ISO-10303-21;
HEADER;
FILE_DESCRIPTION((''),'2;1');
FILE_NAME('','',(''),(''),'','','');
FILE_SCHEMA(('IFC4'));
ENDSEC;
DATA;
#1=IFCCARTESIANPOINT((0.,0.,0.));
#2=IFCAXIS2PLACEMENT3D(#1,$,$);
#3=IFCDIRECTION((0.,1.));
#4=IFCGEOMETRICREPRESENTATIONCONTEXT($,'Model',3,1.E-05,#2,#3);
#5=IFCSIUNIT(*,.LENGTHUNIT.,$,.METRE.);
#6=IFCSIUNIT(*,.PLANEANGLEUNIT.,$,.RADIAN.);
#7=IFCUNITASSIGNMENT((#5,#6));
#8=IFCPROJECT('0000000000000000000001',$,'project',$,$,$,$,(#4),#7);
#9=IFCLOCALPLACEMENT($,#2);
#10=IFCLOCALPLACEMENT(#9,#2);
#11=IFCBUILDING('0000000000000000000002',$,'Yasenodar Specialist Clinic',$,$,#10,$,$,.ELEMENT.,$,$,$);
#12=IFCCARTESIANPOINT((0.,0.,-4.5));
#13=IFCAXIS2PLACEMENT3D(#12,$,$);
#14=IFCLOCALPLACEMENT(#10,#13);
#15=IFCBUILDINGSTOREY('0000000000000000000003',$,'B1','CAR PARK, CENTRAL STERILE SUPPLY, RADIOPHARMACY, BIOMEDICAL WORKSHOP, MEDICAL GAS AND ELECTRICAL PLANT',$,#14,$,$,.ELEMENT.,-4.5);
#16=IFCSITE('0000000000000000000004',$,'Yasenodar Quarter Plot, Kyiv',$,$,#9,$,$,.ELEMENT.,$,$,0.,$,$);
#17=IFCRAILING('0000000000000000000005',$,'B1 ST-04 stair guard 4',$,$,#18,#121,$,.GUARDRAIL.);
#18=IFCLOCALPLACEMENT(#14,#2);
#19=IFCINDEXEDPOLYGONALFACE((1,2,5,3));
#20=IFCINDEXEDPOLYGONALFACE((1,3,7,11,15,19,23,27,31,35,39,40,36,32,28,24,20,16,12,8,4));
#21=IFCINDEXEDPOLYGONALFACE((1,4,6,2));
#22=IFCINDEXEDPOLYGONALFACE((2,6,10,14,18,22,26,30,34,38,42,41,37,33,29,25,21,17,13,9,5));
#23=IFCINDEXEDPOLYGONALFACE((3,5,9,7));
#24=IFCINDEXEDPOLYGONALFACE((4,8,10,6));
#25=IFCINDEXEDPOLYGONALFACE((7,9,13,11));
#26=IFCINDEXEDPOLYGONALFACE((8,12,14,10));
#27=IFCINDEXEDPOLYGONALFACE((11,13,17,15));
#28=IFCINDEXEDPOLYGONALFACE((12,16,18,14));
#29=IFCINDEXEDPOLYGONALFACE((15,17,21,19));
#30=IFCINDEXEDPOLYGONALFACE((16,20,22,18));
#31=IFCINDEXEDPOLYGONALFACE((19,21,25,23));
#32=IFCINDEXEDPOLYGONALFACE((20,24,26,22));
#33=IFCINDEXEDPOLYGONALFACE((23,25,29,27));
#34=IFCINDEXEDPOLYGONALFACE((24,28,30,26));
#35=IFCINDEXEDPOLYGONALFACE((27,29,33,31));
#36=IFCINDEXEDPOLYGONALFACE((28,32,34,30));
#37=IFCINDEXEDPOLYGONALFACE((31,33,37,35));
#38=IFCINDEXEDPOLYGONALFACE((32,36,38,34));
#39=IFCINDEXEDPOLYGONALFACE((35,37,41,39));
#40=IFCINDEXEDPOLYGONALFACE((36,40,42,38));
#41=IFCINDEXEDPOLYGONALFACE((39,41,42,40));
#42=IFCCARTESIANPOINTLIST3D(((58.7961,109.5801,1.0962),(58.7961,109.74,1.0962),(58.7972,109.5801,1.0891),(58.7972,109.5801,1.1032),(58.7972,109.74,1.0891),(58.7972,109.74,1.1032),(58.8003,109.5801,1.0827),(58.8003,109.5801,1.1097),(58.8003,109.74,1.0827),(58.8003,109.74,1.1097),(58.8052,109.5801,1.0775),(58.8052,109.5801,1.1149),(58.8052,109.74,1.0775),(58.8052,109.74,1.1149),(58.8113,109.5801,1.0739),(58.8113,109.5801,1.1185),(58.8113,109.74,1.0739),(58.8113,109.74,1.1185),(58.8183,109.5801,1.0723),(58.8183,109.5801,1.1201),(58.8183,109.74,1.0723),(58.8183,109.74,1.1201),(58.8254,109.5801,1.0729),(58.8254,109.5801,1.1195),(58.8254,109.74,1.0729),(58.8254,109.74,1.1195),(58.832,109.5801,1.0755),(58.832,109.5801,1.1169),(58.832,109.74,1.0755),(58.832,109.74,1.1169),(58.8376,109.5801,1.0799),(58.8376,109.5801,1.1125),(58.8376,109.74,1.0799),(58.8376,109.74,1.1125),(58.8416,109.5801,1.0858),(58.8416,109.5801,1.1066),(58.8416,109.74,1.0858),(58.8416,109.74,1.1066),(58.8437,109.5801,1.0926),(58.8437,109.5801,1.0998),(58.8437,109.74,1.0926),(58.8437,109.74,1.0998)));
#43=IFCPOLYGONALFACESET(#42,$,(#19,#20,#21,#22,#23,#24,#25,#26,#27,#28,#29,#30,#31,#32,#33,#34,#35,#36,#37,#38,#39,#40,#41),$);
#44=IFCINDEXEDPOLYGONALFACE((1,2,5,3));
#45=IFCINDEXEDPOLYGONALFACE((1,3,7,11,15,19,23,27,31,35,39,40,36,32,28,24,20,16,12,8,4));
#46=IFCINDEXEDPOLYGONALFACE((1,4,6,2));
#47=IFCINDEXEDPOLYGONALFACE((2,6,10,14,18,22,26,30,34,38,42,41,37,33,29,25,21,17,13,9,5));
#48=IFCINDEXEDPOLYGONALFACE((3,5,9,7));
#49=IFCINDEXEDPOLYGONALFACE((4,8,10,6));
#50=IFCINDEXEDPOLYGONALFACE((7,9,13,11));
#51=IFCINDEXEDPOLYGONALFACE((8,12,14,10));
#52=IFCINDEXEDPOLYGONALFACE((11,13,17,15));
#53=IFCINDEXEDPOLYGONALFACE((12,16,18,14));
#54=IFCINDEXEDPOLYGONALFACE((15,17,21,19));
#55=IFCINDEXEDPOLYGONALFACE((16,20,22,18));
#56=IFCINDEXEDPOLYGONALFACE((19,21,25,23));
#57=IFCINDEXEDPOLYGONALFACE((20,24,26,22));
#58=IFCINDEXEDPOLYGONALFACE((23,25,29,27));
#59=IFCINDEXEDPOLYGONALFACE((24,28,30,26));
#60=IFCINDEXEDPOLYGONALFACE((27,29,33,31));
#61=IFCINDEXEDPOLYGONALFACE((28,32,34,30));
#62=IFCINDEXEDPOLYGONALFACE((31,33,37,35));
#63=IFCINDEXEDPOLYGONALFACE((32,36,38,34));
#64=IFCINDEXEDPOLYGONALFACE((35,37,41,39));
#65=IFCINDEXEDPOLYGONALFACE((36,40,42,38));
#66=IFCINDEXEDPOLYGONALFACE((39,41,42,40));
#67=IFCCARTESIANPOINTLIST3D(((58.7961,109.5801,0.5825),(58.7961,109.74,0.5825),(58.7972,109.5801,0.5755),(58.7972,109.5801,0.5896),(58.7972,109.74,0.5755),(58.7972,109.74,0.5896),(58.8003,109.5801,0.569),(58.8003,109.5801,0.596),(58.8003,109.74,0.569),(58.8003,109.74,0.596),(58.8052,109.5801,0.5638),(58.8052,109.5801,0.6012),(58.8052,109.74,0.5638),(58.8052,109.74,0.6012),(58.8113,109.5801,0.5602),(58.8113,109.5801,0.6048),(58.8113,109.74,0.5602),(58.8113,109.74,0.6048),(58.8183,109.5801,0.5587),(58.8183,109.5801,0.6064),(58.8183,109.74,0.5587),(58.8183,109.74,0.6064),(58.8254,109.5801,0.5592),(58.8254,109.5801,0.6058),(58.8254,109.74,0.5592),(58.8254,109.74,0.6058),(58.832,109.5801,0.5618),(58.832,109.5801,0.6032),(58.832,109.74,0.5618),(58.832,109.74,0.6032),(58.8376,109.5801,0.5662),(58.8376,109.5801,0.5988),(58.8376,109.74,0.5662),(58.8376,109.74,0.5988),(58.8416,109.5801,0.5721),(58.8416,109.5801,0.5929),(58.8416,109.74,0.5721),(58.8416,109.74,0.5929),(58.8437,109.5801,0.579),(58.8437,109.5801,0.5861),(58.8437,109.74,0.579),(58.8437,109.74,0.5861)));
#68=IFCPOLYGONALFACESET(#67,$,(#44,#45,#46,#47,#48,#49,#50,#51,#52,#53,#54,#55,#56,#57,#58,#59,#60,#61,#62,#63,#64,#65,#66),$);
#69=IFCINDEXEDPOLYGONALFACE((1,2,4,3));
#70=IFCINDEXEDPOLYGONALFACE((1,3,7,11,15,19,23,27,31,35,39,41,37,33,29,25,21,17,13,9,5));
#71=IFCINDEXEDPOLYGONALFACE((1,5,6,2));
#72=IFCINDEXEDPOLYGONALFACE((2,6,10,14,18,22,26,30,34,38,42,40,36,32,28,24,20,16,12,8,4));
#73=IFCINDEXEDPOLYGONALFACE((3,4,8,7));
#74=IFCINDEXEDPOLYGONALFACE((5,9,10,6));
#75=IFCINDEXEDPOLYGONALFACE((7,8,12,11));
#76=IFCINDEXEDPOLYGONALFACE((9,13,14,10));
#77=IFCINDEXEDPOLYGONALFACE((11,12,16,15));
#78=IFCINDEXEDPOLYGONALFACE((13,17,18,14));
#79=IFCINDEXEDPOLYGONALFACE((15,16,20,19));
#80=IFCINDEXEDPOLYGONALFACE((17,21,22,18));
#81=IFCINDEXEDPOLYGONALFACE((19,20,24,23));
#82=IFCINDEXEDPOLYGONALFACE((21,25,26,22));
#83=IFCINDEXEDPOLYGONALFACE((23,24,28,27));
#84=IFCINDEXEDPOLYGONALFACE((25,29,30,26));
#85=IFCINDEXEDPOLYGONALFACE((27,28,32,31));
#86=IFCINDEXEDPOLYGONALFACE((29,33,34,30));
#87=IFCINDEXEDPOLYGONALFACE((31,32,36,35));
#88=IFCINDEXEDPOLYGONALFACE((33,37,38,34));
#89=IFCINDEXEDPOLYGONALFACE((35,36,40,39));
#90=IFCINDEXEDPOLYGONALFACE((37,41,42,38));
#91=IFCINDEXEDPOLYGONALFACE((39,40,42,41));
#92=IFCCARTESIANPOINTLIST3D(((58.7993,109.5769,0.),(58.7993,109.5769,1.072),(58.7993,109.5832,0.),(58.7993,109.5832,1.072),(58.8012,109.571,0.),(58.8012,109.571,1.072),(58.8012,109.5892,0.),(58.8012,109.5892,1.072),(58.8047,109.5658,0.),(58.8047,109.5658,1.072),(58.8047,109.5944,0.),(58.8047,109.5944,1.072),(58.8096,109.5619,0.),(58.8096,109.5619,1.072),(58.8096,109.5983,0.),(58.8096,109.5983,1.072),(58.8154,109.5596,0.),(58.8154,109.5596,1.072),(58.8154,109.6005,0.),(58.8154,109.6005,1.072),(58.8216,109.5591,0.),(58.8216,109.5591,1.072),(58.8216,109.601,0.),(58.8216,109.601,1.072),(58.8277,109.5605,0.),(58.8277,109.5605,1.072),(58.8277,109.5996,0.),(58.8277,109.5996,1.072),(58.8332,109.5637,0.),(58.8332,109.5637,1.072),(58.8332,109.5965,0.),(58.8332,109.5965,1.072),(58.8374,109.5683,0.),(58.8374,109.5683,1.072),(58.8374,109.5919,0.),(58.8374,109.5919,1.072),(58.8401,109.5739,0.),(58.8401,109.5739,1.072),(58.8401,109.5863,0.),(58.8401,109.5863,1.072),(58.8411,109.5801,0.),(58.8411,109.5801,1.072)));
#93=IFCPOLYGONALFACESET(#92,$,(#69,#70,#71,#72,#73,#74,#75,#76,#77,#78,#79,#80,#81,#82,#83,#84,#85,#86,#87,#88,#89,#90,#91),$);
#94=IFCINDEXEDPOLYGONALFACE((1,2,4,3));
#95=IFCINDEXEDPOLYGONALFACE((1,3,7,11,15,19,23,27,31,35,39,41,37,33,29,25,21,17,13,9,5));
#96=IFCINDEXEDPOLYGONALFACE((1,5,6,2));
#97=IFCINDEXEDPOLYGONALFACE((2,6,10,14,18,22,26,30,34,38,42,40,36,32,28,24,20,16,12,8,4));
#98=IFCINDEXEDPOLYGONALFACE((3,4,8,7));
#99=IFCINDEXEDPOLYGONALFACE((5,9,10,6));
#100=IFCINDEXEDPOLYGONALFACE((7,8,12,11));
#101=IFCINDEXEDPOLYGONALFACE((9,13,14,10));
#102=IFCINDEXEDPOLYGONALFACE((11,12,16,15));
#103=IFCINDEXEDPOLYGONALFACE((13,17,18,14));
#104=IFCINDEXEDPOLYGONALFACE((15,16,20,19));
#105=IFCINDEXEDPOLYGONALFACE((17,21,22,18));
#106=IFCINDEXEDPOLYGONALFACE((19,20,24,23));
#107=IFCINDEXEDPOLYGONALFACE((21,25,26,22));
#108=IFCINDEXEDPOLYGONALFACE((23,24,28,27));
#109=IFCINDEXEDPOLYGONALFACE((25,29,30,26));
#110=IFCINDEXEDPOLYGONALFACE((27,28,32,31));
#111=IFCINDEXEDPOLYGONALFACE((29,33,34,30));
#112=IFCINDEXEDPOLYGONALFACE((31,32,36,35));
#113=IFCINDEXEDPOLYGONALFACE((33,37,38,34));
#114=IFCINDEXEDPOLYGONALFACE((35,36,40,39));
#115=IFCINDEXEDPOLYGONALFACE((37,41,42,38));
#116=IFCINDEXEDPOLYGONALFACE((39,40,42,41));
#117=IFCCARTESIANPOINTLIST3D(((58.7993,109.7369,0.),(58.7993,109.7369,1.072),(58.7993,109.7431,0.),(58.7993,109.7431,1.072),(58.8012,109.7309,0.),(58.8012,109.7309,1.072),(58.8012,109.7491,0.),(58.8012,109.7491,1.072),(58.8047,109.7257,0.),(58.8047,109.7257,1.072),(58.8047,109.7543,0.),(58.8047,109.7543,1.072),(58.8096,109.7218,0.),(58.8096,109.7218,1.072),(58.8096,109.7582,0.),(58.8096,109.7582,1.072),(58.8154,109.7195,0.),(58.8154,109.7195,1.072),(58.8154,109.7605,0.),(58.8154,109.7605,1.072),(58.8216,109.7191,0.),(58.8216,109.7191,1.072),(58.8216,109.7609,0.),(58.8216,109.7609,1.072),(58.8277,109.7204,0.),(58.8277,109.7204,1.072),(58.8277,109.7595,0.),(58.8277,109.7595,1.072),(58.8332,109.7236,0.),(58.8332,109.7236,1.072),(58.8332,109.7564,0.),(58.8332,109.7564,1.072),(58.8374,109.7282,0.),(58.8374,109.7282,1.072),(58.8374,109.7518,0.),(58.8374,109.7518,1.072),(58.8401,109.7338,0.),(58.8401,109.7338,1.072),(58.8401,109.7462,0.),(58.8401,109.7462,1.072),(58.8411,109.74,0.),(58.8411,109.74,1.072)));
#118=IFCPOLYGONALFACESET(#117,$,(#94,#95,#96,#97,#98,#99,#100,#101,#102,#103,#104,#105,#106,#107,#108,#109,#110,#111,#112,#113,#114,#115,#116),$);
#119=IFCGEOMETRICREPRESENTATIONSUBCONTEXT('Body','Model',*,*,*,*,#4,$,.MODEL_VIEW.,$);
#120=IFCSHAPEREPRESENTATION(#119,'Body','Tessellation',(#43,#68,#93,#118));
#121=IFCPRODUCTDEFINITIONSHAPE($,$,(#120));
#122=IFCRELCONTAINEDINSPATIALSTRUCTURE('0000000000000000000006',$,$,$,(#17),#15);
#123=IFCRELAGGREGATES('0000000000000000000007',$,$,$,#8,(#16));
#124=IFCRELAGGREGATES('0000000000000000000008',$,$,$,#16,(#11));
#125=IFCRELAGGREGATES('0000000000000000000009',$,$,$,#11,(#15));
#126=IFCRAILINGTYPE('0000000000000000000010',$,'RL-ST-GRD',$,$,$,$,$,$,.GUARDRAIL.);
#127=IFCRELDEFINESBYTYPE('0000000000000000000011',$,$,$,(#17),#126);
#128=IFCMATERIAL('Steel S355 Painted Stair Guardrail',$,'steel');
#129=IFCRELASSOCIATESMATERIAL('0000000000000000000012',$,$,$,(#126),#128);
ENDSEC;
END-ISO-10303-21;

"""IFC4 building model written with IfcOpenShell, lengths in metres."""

from ifc_helpers import new_model, si_unit, direction, frame, origin, origin_2d, place, context, subcontext, project, spatial, circle, extrude, material, type_object, element, save


model = new_model("IFC4")

# Units and contexts
model_context = context("Model", 3, precision=1e-05, world=origin(), true_north=direction((0.0, 1.0)))
body_context = subcontext(model_context, "Body", "Model", "MODEL_VIEW")
ifc_project = project(units=[si_unit("LENGTHUNIT", "METRE"), si_unit("PLANEANGLEUNIT", "RADIAN")], contexts=[model_context])

# Site, building, storey
site_placement = place(None, origin())
site = spatial("IfcSite", under=ifc_project, at=site_placement, Name="Yasenodar Quarter Plot, Kyiv", CompositionType="ELEMENT", RefElevation=0.0)
building_placement = place(site_placement, origin())
building = spatial("IfcBuilding", under=site, at=building_placement, Name="Yasenodar Specialist Clinic", CompositionType="ELEMENT")
storey_placement = place(building_placement, frame((0.0, 0.0, -4.5)))
storey = spatial("IfcBuildingStorey", under=building, at=storey_placement, Name="B1", Description="CAR PARK, CENTRAL STERILE SUPPLY, RADIOPHARMACY, BIOMEDICAL WORKSHOP, MEDICAL GAS AND ELECTRICAL PLANT", CompositionType="ELEMENT", Elevation=-4.5)

# Railing
ifc_material_1 = material(Name="Steel S355 Painted Stair Guardrail", Category="steel")
railing_type_1 = type_object("IfcRailingType", Name="RL-ST-GRD", PredefinedType="GUARDRAIL", material=ifc_material_1)
railing_1_placement = place(storey_placement, frame((58.8201, 109.5801, 0.0)))
element("IfcRailing", 1, at=railing_1_placement, inside=storey, type_object=railing_type_1, Name="B1 ST-04 stair guard 4", PredefinedType="GUARDRAIL", context=body_context, shape_type="SweptSolid", body=[
    extrude(circle(Radius=0.0239, at=origin_2d()), frame((0.0, 0.0, 1.0962), z_axis=(0.0, 1.0, 0.0), x_axis=(-1.0, 0.0, 0.0)), (0.0, 0.0, 1.0), 0.1599),
    extrude(circle(Radius=0.0239, at=origin_2d()), frame((0.0, 0.0, 0.5825), z_axis=(0.0, 1.0, 0.0), x_axis=(-1.0, 0.0, 0.0)), (0.0, 0.0, 1.0), 0.1599),
    extrude(circle(Radius=0.021, at=origin_2d()), origin(), (0.0, 0.0, 1.0), 1.072),
    extrude(circle(Radius=0.021, at=origin_2d()), frame((0.0, 0.1599, 0.0)), (0.0, 0.0, 1.0), 1.072),
])

save(model, "model.ifc")
